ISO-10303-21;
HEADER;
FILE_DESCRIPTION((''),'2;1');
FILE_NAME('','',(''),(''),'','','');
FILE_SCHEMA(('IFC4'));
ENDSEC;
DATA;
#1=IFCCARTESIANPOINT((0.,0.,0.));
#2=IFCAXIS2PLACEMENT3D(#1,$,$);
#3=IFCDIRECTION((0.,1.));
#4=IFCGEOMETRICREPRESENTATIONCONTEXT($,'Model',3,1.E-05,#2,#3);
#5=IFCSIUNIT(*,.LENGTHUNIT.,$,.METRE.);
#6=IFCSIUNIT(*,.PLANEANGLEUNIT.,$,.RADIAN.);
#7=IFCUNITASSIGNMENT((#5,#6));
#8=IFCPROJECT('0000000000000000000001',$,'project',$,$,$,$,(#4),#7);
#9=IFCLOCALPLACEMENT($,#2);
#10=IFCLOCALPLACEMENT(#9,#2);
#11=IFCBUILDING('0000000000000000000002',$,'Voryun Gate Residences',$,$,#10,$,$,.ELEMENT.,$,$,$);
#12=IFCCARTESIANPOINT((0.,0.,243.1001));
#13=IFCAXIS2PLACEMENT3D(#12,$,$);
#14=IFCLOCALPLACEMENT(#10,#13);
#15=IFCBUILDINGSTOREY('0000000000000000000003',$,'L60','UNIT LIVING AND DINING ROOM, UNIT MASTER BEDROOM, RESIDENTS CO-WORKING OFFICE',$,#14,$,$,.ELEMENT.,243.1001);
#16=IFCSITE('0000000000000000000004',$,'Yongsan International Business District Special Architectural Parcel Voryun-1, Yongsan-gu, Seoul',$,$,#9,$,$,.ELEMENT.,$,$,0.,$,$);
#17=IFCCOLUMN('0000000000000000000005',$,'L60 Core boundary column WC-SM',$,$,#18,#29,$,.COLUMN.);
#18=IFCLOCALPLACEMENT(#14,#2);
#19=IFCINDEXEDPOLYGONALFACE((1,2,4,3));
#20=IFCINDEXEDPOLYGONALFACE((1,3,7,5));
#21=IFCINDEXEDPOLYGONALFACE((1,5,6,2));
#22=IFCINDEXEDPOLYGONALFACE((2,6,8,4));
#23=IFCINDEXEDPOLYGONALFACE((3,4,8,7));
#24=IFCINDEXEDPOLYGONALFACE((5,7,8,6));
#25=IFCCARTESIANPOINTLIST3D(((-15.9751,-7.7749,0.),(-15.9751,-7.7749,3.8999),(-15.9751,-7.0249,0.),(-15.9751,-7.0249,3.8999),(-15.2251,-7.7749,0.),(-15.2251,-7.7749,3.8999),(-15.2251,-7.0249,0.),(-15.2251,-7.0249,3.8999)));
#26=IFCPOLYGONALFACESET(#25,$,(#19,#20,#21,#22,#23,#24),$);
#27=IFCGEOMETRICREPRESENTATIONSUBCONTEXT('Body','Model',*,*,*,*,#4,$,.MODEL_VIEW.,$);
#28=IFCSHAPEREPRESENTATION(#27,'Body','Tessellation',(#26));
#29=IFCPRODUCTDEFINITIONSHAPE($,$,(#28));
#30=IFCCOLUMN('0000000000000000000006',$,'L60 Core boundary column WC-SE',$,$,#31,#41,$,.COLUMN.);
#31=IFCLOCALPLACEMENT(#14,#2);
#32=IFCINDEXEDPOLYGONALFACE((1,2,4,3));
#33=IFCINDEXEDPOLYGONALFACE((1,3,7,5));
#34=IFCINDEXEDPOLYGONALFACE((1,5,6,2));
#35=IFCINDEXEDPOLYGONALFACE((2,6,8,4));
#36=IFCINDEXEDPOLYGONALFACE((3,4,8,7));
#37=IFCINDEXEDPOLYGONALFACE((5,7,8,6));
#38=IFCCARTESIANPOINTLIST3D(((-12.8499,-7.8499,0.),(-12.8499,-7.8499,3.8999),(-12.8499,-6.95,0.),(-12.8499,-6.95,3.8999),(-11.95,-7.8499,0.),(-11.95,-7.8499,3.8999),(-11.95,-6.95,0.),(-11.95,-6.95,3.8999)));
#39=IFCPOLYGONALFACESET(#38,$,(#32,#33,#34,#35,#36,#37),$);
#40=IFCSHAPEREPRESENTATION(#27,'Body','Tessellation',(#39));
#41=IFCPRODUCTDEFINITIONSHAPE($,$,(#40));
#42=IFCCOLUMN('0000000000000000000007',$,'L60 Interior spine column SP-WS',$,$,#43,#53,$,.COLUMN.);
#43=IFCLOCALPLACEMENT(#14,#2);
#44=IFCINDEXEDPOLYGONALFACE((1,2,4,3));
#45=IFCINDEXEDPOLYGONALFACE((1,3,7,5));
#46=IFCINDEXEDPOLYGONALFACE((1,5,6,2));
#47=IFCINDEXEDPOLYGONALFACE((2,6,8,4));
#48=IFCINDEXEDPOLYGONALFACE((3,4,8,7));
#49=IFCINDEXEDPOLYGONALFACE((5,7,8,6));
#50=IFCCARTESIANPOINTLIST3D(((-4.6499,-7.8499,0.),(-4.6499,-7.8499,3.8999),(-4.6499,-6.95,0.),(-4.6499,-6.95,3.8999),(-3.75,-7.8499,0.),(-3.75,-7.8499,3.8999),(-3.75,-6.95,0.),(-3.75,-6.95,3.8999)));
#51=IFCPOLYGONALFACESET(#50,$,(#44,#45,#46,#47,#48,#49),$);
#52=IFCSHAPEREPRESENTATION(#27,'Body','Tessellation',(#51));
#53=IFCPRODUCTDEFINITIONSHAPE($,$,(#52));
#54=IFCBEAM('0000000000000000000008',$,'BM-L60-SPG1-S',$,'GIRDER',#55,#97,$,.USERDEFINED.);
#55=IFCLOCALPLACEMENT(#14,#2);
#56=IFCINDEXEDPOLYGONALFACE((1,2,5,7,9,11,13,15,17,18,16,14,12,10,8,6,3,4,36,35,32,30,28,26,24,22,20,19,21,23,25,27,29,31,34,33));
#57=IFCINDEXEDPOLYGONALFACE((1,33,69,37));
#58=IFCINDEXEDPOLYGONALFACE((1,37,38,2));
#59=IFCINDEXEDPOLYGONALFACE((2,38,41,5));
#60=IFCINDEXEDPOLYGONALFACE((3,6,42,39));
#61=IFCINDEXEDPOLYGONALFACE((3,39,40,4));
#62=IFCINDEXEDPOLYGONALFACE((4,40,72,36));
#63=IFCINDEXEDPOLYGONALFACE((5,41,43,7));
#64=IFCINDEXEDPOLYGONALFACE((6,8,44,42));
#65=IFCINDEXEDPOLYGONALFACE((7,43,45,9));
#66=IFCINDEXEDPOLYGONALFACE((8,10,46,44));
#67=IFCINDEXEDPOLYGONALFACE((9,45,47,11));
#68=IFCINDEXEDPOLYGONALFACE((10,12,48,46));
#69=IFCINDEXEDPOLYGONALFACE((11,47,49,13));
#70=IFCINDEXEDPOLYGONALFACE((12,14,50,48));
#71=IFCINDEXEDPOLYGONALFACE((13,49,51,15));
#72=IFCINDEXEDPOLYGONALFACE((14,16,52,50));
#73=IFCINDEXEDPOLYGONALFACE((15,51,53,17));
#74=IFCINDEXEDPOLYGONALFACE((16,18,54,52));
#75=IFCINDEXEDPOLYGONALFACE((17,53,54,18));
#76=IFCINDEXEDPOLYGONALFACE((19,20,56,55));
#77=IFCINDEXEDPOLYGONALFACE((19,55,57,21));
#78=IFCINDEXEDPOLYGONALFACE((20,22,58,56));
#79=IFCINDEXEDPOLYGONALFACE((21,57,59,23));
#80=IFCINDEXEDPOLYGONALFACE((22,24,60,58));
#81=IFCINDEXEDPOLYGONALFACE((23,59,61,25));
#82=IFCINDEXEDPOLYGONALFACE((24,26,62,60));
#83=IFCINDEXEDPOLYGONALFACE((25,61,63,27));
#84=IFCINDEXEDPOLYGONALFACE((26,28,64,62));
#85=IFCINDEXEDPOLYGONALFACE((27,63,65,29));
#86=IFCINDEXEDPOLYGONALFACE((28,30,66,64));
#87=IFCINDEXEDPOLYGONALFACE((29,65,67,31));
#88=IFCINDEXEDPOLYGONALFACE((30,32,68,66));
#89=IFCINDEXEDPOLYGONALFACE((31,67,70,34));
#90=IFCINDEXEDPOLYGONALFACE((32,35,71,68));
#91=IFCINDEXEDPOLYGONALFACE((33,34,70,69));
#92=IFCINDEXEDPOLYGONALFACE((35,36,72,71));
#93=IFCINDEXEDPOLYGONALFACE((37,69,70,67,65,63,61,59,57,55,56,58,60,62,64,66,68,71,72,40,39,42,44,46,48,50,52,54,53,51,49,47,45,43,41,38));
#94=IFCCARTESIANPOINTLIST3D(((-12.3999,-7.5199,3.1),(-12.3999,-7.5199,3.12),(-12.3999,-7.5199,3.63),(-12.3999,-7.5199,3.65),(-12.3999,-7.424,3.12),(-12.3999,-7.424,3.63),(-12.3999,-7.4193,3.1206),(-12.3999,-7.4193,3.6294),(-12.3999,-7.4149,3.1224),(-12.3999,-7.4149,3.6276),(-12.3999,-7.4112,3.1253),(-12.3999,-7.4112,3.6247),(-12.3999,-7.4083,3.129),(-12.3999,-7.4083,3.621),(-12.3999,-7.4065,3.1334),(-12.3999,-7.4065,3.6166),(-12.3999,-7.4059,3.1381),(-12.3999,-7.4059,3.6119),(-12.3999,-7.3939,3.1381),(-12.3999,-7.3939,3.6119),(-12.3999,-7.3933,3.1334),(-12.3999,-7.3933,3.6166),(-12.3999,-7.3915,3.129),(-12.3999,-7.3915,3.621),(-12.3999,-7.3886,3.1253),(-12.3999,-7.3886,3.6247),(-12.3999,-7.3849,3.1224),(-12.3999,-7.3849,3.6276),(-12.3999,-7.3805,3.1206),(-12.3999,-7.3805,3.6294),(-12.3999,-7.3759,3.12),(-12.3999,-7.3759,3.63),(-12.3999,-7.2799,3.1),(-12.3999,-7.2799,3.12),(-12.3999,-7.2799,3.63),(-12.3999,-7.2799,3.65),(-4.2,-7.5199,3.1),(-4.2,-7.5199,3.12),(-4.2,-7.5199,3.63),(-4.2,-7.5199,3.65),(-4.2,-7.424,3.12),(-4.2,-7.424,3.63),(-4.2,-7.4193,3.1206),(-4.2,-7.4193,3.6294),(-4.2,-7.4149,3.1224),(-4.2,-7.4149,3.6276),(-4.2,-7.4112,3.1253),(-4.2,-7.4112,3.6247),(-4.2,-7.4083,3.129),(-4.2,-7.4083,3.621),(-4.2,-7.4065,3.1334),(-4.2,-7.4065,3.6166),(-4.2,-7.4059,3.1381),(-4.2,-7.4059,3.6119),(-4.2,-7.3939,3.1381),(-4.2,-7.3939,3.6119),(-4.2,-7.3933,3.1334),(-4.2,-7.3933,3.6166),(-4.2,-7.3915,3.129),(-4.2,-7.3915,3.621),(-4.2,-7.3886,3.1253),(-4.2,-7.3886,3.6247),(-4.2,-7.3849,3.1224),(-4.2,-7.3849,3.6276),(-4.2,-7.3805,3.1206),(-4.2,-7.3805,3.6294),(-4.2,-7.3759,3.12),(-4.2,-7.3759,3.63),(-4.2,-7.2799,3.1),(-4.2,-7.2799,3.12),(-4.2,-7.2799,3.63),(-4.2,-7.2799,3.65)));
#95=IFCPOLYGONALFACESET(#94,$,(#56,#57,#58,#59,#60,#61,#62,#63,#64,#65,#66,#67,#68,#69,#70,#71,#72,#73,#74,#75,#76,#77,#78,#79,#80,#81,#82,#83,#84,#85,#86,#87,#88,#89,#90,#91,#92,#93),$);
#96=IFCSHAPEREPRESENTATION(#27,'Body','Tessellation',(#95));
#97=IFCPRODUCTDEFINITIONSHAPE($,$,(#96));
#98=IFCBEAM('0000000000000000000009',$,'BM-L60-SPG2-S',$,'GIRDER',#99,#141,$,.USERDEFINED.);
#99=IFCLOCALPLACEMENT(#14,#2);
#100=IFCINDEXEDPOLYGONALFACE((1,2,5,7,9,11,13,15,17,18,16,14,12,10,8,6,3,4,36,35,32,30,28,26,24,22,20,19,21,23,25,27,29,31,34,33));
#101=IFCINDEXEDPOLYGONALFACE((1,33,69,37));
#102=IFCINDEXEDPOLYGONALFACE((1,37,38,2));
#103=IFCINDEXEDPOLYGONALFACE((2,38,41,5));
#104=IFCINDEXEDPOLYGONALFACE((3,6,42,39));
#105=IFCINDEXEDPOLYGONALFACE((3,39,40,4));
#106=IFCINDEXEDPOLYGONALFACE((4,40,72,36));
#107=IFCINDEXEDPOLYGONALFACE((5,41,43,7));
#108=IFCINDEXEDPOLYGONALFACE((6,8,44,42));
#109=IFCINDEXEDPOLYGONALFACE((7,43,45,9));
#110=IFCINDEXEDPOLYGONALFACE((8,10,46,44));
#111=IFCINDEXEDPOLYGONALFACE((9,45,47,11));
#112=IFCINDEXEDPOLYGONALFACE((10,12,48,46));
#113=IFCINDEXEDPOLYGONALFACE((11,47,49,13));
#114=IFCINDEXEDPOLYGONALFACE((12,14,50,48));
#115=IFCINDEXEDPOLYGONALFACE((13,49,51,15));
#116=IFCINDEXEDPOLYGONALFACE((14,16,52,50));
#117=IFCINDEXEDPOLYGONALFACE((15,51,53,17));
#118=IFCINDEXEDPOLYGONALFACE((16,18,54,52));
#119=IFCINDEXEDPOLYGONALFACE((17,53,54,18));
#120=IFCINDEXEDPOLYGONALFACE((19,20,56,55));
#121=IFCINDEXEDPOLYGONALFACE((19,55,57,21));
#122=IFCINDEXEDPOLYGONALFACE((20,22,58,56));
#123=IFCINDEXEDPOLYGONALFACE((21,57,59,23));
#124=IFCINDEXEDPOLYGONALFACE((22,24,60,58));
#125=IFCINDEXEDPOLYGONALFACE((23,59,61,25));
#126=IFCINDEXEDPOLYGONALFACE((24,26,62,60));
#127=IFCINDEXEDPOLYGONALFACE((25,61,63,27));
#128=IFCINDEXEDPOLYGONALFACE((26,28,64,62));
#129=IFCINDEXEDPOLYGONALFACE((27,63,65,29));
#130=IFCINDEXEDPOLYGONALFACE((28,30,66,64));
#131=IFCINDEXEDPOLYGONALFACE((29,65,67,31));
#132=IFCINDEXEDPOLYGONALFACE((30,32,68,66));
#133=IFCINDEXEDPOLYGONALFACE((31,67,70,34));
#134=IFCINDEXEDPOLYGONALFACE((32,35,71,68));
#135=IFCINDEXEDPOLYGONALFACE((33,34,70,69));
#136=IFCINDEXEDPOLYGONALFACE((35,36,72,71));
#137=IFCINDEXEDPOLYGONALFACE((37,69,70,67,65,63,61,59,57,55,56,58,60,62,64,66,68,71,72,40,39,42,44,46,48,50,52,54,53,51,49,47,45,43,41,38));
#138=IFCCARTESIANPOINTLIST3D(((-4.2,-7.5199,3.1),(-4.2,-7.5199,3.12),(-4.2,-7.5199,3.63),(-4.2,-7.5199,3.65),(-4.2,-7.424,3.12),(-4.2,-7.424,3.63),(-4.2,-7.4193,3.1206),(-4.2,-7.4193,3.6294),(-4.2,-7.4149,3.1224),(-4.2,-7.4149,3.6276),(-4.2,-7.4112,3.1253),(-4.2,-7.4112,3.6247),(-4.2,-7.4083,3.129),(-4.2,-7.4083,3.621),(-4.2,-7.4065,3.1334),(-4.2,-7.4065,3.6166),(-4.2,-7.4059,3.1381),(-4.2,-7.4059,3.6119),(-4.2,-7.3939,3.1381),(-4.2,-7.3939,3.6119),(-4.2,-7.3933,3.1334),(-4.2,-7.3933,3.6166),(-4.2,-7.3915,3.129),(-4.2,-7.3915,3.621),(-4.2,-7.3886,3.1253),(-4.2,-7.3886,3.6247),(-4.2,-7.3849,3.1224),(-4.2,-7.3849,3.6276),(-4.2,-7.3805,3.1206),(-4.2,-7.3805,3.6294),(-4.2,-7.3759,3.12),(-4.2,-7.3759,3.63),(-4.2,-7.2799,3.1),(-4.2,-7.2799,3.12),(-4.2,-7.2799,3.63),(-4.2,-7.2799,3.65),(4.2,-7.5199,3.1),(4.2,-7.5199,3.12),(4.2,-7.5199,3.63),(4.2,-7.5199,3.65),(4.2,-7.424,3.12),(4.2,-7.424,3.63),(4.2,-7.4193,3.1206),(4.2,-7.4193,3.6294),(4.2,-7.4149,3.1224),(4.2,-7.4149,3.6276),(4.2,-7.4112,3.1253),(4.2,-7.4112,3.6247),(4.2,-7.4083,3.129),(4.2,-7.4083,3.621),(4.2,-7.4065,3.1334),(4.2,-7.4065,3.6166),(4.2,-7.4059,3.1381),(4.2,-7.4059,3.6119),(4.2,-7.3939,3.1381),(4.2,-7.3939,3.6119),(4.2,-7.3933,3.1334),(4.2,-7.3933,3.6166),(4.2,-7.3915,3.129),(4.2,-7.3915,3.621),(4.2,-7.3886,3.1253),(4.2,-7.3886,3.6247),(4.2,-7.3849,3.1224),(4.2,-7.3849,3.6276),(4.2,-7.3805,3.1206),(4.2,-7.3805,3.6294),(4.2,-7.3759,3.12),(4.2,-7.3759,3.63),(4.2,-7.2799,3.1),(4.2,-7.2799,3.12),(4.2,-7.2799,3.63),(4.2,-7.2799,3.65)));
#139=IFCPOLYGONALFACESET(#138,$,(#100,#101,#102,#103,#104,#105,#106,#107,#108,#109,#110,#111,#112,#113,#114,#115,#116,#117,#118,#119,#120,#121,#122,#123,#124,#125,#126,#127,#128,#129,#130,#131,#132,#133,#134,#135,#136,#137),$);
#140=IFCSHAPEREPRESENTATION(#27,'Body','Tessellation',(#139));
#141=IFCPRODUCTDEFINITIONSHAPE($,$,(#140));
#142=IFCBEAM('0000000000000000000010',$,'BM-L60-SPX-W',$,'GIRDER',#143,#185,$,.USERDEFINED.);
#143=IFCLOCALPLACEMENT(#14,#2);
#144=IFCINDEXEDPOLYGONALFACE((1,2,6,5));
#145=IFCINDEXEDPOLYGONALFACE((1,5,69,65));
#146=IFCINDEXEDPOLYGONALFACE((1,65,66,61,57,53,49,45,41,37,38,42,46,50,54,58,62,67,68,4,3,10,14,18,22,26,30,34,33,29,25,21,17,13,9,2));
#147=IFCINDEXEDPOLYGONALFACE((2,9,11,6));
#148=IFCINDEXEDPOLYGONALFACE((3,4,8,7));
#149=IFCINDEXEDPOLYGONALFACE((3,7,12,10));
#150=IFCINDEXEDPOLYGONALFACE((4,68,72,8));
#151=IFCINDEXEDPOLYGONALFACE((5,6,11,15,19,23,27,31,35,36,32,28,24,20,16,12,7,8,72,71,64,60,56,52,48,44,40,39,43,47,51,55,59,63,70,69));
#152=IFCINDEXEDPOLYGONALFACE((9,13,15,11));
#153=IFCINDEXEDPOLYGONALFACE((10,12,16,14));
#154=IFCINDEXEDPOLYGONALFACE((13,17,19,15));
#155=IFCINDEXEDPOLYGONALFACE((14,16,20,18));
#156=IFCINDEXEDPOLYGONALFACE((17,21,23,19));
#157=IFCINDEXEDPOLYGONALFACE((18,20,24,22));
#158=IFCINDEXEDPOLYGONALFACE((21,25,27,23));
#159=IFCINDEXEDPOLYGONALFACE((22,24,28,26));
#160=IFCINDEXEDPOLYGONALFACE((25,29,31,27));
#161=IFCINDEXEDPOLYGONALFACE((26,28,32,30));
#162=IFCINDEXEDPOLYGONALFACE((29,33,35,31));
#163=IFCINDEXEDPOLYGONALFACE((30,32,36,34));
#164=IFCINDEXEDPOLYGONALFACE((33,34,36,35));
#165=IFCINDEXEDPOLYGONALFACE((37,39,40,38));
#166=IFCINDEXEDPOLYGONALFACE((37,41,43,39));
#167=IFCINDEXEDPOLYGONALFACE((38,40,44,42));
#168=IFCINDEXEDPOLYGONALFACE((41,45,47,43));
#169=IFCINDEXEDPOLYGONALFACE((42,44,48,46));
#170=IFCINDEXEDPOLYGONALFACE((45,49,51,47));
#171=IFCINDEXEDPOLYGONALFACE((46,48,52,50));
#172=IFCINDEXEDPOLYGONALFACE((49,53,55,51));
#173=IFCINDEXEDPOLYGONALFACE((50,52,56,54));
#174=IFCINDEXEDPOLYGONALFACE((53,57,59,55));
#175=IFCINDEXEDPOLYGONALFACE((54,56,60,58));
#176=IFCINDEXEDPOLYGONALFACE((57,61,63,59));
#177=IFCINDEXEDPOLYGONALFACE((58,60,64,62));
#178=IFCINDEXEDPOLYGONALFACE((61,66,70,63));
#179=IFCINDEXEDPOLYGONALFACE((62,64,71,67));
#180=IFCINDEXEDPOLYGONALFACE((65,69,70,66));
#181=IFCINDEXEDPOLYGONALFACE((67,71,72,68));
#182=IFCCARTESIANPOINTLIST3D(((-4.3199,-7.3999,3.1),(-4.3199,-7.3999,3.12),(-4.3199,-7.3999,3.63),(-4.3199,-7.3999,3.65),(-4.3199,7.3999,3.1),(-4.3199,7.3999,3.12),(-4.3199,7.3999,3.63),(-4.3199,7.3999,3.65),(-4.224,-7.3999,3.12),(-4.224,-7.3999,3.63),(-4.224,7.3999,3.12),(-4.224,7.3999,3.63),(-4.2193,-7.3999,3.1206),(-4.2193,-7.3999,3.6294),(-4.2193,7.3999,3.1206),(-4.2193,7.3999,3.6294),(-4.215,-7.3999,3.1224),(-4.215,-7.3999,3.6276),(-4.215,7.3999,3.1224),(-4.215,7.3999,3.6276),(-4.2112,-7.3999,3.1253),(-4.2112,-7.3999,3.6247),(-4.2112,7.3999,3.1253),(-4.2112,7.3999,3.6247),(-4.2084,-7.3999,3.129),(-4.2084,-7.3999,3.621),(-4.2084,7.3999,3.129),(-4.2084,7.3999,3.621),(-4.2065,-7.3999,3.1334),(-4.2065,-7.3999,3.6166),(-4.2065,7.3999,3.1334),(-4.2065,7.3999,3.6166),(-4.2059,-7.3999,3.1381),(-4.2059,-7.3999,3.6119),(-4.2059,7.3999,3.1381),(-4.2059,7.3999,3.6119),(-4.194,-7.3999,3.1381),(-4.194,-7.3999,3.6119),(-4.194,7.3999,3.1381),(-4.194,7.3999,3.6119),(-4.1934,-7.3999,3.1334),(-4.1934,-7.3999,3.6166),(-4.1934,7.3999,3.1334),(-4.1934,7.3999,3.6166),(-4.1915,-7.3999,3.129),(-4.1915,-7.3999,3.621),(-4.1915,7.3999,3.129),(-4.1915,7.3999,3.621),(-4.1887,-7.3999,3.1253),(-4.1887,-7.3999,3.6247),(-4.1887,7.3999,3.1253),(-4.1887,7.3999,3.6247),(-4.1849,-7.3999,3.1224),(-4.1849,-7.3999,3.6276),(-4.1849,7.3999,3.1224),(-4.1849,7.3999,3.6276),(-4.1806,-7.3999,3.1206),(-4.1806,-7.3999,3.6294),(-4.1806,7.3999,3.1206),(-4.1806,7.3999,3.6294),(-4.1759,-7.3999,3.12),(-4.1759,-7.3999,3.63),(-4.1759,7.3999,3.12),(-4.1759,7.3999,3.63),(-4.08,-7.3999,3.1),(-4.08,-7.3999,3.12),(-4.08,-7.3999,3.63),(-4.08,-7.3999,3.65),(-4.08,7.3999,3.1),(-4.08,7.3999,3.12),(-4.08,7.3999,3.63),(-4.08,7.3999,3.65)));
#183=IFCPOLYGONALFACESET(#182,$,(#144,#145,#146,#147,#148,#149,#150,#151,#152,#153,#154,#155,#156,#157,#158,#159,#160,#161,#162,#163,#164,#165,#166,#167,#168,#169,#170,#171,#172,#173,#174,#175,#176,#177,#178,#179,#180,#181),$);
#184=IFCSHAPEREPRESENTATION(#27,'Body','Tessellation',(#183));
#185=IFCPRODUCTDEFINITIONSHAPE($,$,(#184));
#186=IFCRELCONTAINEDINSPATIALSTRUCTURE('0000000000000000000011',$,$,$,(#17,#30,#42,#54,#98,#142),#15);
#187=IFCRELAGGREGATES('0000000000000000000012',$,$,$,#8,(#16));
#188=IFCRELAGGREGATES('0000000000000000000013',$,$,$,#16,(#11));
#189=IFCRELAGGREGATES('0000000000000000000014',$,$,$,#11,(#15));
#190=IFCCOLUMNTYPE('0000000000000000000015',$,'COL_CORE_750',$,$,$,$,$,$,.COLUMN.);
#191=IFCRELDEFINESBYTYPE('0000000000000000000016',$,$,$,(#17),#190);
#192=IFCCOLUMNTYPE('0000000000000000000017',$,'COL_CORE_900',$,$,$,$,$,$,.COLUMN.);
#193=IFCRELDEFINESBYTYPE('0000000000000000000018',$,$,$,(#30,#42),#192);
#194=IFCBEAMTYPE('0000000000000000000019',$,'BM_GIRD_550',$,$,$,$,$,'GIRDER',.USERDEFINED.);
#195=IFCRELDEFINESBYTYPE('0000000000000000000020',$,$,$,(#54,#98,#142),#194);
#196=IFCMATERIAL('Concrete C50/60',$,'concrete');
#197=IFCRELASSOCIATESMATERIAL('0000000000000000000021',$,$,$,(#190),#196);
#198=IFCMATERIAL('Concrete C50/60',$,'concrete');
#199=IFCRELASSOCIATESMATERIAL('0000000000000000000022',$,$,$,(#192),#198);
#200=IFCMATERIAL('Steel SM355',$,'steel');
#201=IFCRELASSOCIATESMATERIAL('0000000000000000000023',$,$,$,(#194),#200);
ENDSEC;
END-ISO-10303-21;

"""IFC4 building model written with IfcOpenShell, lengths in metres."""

from ifc_helpers import new_model, si_unit, direction, frame, origin, origin_2d, place, context, subcontext, project, spatial, rectangle, i_section, extrude, material, material_profile, profile_set, type_object, element, save


model = new_model("IFC4")

# Units and contexts
model_context = context("Model", 3, precision=1e-05, world=origin(), true_north=direction((0.0, 1.0)))
body_context = subcontext(model_context, "Body", "Model", "MODEL_VIEW")
ifc_project = project(units=[si_unit("LENGTHUNIT", "METRE"), si_unit("PLANEANGLEUNIT", "RADIAN")], contexts=[model_context])

# Site, building, storey
site_placement = place(None, origin())
site = spatial("IfcSite", under=ifc_project, at=site_placement, Name="Yongsan International Business District Special Architectural Parcel Voryun-1, Yongsan-gu, Seoul", CompositionType="ELEMENT", RefElevation=0.0)
building_placement = place(site_placement, origin())
building = spatial("IfcBuilding", under=site, at=building_placement, Name="Voryun Gate Residences", CompositionType="ELEMENT")
storey_placement = place(building_placement, frame((0.0, 0.0, 243.1001)))
storey = spatial("IfcBuildingStorey", under=building, at=storey_placement, Name="L60", Description="UNIT LIVING AND DINING ROOM, UNIT MASTER BEDROOM, RESIDENTS CO-WORKING OFFICE", CompositionType="ELEMENT", Elevation=243.1001)

# Columns
ifc_material_1 = material(Name="Concrete C50/60", Category="concrete")
ifc_material_profile_1 = material_profile(ifc_material_1, rectangle(XDim=0.75, YDim=0.75, at=origin_2d()), Name="RC-750x750")
ifc_profile_set_1 = profile_set([ifc_material_profile_1], Name="Concrete C50/60")
column_type_1 = type_object("IfcColumnType", Name="COL_CORE_750", PredefinedType="COLUMN", material=ifc_profile_set_1)
column_placement = place(storey_placement, frame((-15.6001, -7.3999, 0.0), z_axis=(0.0, 0.0, 1.0), x_axis=(1.0, 0.0, 0.0)))
element("IfcColumn", 1, at=column_placement, inside=storey, type_object=column_type_1, Name="L60 Core boundary column WC-SM", PredefinedType="COLUMN", context=body_context, shape_type="SweptSolid", body=[
    extrude(rectangle(XDim=0.75, YDim=0.75, at=origin_2d()), origin(), (0.0, 0.0, 1.0), 3.8999),
])
ifc_material_2 = material(Name="Concrete C50/60", Category="concrete")
ifc_material_profile_2 = material_profile(ifc_material_2, rectangle(XDim=0.8999, YDim=0.8999, at=origin_2d()), Name="RC-900x900")
ifc_profile_set_2 = profile_set([ifc_material_profile_2], Name="Concrete C50/60")
column_type_2 = type_object("IfcColumnType", Name="COL_CORE_900", PredefinedType="COLUMN", material=ifc_profile_set_2)
for number, where, z_axis, x_axis, name in (
    (2, (-12.3999, -7.3999, 0.0), (0.0, 0.0, 1.0), (1.0, 0.0, 0.0), "L60 Core boundary column WC-SE"),
    (3, (-4.2, -7.3999, 0.0), (0.0, 0.0, 1.0), (1.0, 0.0, 0.0), "L60 Interior spine column SP-WS"),
):
    element("IfcColumn", number, at=place(storey_placement, frame(where, z_axis=z_axis, x_axis=x_axis)), inside=storey, type_object=column_type_2, Name=name, PredefinedType="COLUMN", context=body_context, shape_type="SweptSolid", body=[
        extrude(rectangle(XDim=0.8999, YDim=0.8999, at=origin_2d()), origin(), (0.0, 0.0, 1.0), 3.8999),
    ])

# Beams
ifc_material_3 = material(Name="Steel SM355", Category="steel")
ifc_material_profile_3 = material_profile(ifc_material_3, i_section(OverallWidth=0.24, OverallDepth=0.55, WebThickness=0.012, FlangeThickness=0.02, FilletRadius=0.0181, at=origin_2d()), Name="H-550x240x12x20")
ifc_profile_set_3 = profile_set([ifc_material_profile_3], Name="Steel SM355")
beam_type_1 = type_object("IfcBeamType", Name="BM_GIRD_550", ElementType="GIRDER", PredefinedType="USERDEFINED", material=ifc_profile_set_3)
beam_1_placement = place(storey_placement, frame((-12.3999, -7.3999, 3.375), z_axis=(1.0, 0.0, 0.0), x_axis=(0.0, 1.0, 0.0)))
element("IfcBeam", 4, at=beam_1_placement, inside=storey, type_object=beam_type_1, Name="BM-L60-SPG1-S", ObjectType="GIRDER", PredefinedType="USERDEFINED", context=body_context, shape_type="SweptSolid", body=[
    extrude(i_section(OverallWidth=0.24, OverallDepth=0.55, WebThickness=0.012, FlangeThickness=0.02, FilletRadius=0.0181, at=origin_2d()), origin(), (0.0, 0.0, 1.0), 8.2),
])
beam_2_placement = place(storey_placement, frame((-4.2, -7.3999, 3.375), z_axis=(1.0, 0.0, 0.0), x_axis=(0.0, 1.0, 0.0)))
element("IfcBeam", 5, at=beam_2_placement, inside=storey, type_object=beam_type_1, Name="BM-L60-SPG2-S", ObjectType="GIRDER", PredefinedType="USERDEFINED", context=body_context, shape_type="SweptSolid", body=[
    extrude(i_section(OverallWidth=0.24, OverallDepth=0.55, WebThickness=0.012, FlangeThickness=0.02, FilletRadius=0.0181, at=origin_2d()), origin(), (0.0, 0.0, 1.0), 8.3999),
])
beam_3_placement = place(storey_placement, frame((-4.2, -7.3999, 3.375), z_axis=(0.0, 1.0, 0.0), x_axis=(-1.0, 0.0, 0.0)))
element("IfcBeam", 6, at=beam_3_placement, inside=storey, type_object=beam_type_1, Name="BM-L60-SPX-W", ObjectType="GIRDER", PredefinedType="USERDEFINED", context=body_context, shape_type="SweptSolid", body=[
    extrude(i_section(OverallWidth=0.24, OverallDepth=0.55, WebThickness=0.012, FlangeThickness=0.02, FilletRadius=0.0181, at=origin_2d()), origin(), (0.0, 0.0, 1.0), 14.7998),
])

save(model, "model.ifc")
